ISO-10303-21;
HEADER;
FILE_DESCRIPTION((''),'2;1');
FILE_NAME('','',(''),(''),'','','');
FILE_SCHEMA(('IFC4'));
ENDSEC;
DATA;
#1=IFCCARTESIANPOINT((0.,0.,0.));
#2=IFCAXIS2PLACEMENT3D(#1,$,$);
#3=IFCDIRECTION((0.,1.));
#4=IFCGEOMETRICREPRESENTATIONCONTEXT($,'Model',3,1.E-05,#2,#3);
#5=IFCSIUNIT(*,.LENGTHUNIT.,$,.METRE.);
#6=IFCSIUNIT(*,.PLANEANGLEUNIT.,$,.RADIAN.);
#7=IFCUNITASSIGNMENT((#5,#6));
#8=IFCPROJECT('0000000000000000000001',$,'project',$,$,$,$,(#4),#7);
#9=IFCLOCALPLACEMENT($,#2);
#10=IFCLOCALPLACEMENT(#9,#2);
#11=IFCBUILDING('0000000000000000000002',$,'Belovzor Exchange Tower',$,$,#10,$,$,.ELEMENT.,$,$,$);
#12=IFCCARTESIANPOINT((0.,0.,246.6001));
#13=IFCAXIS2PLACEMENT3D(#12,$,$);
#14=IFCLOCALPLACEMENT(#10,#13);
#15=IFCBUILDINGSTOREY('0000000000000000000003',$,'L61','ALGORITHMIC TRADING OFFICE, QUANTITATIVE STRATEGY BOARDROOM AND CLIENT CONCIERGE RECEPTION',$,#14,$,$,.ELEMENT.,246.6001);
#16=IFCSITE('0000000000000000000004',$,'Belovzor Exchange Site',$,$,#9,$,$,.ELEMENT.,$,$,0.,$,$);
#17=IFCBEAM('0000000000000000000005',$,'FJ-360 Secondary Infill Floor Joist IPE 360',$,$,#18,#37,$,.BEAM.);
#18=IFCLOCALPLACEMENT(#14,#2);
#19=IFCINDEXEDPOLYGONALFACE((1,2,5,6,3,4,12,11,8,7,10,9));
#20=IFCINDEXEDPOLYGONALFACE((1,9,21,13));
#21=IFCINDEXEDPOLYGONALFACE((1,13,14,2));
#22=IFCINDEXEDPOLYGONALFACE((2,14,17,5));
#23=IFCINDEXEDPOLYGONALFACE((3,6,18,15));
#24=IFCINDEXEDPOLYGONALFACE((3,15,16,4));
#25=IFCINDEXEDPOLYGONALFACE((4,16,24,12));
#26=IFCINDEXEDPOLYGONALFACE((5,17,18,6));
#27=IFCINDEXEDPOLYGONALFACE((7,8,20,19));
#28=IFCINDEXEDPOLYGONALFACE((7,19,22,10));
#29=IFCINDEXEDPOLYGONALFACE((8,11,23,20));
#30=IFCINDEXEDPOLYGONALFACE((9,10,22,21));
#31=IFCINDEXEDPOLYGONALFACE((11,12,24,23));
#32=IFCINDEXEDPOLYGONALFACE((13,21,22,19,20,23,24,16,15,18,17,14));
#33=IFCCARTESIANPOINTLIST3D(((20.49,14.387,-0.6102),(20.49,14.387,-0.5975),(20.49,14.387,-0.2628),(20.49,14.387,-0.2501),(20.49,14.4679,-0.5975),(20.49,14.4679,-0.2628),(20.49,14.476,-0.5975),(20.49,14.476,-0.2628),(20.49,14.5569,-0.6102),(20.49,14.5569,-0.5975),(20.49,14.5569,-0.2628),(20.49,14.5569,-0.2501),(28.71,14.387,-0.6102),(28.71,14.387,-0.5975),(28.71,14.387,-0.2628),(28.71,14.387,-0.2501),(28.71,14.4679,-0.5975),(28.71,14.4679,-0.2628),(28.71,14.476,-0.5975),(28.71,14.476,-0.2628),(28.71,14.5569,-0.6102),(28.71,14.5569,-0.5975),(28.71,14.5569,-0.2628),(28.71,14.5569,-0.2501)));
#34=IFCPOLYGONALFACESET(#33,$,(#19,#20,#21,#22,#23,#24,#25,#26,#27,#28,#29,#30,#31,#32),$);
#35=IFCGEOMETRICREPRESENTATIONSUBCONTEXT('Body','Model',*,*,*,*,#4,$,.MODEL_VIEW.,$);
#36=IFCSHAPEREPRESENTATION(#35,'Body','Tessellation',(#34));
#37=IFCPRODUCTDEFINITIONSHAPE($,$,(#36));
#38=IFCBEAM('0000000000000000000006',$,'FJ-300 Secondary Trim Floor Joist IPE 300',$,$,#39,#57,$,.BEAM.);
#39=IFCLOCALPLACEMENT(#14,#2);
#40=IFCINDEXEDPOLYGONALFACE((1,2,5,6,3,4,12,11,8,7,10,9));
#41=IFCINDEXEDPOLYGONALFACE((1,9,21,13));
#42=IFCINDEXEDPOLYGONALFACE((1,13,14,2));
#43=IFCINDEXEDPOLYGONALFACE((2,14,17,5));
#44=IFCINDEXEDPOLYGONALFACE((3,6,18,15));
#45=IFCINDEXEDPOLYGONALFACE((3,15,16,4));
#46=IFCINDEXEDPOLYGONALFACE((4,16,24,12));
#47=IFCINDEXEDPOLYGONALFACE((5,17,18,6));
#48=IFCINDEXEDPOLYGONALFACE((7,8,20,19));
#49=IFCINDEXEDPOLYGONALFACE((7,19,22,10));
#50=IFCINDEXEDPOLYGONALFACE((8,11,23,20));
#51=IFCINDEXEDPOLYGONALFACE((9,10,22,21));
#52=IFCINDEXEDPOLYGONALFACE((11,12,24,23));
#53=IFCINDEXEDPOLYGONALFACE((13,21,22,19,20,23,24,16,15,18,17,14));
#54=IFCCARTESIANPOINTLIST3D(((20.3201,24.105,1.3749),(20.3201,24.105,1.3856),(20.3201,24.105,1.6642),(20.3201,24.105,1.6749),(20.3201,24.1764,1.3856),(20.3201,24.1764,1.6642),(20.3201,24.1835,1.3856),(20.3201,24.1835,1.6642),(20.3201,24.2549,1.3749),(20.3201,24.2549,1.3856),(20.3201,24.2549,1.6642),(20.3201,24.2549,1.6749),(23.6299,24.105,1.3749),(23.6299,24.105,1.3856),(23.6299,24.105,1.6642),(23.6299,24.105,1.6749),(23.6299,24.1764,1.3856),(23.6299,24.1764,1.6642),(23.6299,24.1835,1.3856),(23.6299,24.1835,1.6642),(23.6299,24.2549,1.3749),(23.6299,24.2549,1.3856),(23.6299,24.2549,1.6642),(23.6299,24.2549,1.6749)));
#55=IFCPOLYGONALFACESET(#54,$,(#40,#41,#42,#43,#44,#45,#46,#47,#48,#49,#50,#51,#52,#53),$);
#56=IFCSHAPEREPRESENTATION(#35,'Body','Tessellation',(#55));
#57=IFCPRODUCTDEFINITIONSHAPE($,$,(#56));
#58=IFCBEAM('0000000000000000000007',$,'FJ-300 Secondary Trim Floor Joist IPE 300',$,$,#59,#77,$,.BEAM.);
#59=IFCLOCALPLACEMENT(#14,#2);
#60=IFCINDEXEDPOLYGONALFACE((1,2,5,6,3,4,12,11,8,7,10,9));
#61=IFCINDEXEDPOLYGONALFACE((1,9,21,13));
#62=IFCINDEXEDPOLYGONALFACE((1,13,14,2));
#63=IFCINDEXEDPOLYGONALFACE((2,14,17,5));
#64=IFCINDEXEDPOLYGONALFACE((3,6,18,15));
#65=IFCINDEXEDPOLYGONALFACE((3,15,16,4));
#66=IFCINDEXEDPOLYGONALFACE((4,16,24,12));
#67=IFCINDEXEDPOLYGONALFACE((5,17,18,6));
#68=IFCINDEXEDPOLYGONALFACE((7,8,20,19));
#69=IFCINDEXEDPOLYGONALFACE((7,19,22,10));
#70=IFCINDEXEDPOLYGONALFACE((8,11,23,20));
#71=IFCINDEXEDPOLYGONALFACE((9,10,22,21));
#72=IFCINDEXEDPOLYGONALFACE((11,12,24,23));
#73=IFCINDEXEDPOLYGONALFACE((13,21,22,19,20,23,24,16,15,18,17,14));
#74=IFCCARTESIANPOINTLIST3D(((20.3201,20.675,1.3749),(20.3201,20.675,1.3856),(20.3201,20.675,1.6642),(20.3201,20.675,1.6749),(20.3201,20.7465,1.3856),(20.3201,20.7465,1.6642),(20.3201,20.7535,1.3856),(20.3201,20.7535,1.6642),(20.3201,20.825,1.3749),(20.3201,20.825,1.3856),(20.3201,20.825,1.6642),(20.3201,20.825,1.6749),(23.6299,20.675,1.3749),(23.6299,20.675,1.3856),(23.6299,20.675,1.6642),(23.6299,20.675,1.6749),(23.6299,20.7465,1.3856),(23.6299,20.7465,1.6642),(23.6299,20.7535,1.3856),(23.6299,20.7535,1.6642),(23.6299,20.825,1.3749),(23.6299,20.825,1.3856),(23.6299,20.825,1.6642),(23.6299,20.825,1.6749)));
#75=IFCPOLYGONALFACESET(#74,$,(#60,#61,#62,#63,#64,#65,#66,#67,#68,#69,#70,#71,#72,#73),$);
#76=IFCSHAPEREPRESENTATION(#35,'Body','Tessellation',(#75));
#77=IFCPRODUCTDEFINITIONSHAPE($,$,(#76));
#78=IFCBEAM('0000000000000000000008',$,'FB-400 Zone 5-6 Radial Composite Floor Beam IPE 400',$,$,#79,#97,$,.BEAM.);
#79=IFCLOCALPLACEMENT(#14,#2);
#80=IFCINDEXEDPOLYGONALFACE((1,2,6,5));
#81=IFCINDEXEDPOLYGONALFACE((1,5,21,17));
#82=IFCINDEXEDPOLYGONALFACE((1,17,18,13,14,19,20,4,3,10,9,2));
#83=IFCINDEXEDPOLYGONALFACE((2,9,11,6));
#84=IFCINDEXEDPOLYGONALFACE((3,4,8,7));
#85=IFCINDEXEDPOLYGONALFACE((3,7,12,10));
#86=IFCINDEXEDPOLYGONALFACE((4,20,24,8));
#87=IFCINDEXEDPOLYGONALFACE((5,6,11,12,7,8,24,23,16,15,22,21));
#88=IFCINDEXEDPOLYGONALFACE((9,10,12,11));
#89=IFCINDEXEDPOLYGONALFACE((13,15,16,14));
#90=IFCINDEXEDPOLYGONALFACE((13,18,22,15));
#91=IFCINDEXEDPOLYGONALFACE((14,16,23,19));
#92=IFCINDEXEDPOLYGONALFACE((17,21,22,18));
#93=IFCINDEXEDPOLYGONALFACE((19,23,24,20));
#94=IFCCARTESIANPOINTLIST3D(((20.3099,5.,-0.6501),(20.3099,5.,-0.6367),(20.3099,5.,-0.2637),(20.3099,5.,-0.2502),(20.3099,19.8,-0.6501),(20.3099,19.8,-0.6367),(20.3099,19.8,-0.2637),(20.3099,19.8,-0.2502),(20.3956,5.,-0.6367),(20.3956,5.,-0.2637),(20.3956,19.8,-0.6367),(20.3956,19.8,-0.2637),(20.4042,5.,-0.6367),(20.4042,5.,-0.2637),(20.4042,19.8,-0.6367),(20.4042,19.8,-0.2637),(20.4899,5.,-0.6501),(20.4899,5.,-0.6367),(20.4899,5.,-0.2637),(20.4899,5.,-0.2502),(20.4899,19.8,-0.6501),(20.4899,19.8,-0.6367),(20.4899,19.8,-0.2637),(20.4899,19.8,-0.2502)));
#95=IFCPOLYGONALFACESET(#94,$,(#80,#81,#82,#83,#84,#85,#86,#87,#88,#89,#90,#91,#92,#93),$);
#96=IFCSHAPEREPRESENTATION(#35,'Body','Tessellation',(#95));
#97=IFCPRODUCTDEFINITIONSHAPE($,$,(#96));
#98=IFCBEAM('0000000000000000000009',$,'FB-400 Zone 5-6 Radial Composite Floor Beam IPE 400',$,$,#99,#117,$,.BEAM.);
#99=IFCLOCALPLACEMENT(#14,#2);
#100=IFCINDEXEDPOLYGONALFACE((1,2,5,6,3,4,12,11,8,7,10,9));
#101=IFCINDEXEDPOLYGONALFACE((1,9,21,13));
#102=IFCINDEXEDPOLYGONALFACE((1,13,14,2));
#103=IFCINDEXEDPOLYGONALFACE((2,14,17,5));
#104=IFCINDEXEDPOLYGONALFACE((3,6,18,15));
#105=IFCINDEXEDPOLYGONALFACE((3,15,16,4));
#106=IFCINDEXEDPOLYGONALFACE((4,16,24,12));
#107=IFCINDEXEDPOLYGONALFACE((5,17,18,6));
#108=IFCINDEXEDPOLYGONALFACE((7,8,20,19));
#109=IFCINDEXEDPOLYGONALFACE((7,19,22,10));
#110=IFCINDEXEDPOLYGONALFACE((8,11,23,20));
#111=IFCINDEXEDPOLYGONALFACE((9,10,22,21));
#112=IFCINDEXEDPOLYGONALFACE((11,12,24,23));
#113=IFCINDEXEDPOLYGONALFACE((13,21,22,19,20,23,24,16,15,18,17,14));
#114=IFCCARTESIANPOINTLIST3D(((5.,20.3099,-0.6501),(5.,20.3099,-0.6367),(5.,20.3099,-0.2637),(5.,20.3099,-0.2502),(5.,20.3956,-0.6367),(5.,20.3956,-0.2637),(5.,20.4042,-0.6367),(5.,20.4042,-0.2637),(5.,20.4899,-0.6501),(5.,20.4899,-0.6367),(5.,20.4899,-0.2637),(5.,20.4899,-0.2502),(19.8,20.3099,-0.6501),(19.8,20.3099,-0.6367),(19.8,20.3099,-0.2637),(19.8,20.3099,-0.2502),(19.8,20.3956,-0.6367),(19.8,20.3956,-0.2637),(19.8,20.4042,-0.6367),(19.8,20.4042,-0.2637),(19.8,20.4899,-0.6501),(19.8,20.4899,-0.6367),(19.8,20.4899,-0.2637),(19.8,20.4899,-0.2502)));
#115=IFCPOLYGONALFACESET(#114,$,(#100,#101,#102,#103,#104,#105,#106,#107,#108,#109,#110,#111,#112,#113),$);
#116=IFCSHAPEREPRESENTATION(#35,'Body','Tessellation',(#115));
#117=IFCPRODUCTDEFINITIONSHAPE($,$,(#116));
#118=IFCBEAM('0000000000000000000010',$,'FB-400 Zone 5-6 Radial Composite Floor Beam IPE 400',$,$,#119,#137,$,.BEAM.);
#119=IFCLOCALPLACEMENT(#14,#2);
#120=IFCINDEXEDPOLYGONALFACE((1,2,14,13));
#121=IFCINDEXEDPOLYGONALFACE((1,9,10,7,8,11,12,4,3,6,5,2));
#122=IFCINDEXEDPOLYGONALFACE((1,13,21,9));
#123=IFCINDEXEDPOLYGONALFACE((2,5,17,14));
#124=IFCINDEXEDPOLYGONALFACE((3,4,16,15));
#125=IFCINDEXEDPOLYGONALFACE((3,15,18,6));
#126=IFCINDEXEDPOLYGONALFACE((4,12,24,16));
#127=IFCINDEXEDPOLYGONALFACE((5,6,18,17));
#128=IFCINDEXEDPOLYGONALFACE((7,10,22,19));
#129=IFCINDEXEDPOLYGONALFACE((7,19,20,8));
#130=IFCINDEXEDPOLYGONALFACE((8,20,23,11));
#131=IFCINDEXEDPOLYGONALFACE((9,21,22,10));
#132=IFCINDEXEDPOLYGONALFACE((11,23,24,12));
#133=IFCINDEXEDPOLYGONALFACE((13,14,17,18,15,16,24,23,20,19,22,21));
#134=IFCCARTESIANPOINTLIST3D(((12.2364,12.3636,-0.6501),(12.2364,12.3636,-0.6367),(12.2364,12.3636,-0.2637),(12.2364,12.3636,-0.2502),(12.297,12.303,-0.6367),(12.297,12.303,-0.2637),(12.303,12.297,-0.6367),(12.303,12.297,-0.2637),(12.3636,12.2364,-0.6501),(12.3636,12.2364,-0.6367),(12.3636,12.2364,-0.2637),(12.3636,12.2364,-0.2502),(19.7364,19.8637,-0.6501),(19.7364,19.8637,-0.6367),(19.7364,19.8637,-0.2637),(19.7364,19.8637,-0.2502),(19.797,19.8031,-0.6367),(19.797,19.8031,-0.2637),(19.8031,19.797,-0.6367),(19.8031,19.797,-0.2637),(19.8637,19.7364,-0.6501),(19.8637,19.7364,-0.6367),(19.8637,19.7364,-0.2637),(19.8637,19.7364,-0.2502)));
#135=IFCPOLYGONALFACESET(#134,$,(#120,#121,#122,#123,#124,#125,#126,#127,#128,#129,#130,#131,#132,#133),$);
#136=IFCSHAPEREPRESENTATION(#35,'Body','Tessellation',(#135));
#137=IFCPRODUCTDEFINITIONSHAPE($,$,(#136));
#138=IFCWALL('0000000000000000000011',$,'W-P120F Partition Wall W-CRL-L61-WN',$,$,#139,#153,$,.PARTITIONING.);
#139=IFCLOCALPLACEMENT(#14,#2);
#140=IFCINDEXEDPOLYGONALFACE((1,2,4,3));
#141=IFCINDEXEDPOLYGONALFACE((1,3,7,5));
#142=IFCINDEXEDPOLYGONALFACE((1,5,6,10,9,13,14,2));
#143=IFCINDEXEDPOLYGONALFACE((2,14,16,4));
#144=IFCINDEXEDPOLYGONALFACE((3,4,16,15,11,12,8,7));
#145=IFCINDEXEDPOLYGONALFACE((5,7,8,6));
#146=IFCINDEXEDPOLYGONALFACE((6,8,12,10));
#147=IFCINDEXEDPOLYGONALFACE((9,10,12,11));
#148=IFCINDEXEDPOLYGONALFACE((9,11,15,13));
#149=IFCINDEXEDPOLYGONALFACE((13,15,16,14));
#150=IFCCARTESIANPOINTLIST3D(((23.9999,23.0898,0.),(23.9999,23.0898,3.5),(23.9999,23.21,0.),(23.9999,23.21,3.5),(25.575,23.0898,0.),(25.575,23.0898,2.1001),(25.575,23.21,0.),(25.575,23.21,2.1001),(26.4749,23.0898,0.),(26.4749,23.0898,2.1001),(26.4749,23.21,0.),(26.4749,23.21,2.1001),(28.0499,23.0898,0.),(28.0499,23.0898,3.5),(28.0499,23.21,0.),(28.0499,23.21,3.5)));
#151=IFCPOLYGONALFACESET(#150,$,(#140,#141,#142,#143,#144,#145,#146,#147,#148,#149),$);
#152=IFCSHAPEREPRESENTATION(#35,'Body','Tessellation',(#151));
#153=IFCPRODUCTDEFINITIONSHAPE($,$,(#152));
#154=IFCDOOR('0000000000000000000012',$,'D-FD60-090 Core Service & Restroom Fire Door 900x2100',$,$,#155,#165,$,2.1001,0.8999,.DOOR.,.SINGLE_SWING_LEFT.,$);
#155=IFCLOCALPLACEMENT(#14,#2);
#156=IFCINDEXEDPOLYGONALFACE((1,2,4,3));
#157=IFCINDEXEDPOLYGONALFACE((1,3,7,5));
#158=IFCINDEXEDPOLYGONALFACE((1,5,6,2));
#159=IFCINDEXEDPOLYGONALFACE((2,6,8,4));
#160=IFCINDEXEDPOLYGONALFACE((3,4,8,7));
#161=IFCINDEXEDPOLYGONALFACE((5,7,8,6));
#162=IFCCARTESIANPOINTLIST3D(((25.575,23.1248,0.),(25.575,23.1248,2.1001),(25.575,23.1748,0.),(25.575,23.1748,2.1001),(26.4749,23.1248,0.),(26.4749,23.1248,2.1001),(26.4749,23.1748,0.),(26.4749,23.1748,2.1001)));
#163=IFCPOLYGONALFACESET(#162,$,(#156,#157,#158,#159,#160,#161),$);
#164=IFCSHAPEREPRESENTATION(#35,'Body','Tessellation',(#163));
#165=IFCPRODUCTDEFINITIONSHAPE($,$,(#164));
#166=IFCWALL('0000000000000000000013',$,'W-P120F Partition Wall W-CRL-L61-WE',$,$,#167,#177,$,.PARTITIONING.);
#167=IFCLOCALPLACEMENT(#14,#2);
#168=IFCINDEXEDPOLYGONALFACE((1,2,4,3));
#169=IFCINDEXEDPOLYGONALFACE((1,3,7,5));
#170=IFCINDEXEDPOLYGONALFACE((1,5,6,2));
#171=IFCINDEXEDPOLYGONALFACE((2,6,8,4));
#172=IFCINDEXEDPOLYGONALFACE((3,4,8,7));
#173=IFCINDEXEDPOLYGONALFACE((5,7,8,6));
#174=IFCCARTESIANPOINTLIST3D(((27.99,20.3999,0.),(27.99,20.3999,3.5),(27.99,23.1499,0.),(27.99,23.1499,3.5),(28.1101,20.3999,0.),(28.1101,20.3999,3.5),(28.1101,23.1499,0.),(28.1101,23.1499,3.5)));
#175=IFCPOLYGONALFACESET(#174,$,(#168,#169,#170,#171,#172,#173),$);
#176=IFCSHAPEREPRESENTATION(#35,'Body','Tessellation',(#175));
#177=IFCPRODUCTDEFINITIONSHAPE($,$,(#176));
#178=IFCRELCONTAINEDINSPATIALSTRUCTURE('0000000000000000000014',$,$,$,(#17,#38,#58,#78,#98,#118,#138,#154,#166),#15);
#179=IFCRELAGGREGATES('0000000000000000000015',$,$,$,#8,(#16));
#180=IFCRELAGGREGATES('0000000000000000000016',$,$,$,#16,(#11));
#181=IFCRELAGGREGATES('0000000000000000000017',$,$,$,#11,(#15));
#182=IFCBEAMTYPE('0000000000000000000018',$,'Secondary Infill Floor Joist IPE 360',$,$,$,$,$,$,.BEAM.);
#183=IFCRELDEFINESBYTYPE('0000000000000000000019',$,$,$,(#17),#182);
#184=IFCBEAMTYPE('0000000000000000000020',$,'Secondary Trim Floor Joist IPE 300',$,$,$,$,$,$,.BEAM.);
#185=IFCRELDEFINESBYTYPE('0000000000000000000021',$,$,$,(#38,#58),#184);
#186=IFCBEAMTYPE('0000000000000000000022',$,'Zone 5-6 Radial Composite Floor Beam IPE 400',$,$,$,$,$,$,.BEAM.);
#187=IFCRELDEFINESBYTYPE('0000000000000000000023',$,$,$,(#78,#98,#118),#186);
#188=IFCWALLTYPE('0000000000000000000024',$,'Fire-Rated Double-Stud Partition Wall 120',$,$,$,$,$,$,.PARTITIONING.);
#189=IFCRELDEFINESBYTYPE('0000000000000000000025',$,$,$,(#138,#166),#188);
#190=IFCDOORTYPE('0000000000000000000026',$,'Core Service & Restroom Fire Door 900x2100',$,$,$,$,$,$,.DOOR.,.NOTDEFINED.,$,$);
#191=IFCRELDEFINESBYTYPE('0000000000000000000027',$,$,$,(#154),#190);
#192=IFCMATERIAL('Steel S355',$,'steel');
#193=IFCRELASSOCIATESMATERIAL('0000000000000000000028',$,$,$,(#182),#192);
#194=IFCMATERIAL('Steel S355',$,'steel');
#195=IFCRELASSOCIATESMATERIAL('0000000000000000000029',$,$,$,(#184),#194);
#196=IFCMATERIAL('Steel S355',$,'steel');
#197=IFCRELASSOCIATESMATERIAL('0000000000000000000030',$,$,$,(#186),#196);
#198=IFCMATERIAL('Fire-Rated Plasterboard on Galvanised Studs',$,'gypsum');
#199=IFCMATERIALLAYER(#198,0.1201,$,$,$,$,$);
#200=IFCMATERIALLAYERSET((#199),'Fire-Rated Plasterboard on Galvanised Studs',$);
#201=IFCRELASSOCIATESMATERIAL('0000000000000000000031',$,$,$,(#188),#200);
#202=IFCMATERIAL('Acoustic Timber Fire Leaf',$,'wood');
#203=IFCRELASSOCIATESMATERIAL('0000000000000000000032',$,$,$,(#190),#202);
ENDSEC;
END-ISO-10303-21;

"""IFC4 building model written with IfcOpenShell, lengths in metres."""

from ifc_helpers import new_model, si_unit, direction, frame, frame_2d, origin, origin_2d, place, context, subcontext, project, spatial, rectangle, i_section, extrude, material, layer, layer_set, material_profile, profile_set, type_object, element, fill, save


model = new_model("IFC4")

# Units and contexts
model_context = context("Model", 3, precision=1e-05, world=origin(), true_north=direction((0.0, 1.0)))
body_context = subcontext(model_context, "Body", "Model", "MODEL_VIEW")
ifc_project = project(units=[si_unit("LENGTHUNIT", "METRE"), si_unit("PLANEANGLEUNIT", "RADIAN")], contexts=[model_context])

# Site, building, storey
site_placement = place(None, origin())
site = spatial("IfcSite", under=ifc_project, at=site_placement, Name="Belovzor Exchange Site", CompositionType="ELEMENT", RefElevation=0.0)
building_placement = place(site_placement, origin())
building = spatial("IfcBuilding", under=site, at=building_placement, Name="Belovzor Exchange Tower", CompositionType="ELEMENT")
storey_placement = place(building_placement, frame((0.0, 0.0, 246.6001)))
storey = spatial("IfcBuildingStorey", under=building, at=storey_placement, Name="L61", Description="ALGORITHMIC TRADING OFFICE, QUANTITATIVE STRATEGY BOARDROOM AND CLIENT CONCIERGE RECEPTION", CompositionType="ELEMENT", Elevation=246.6001)

# Beams
ifc_material_1 = material(Name="Steel S355", Category="steel")
ifc_material_profile_1 = material_profile(ifc_material_1, i_section(OverallWidth=0.1699, OverallDepth=0.3601, WebThickness=0.0081, FlangeThickness=0.0127, at=origin_2d()))
ifc_profile_set_1 = profile_set([ifc_material_profile_1], Name="Steel S355")
beam_type_1 = type_object("IfcBeamType", Name="Secondary Infill Floor Joist IPE 360", PredefinedType="BEAM", material=ifc_profile_set_1)
beam_1_placement = place(storey_placement, frame((20.49, 14.4719, -0.4302), z_axis=(1.0, 0.0, 0.0), x_axis=(0.0, 1.0, 0.0)))
element("IfcBeam", 1, at=beam_1_placement, inside=storey, type_object=beam_type_1, Name="FJ-360 Secondary Infill Floor Joist IPE 360", PredefinedType="BEAM", context=body_context, shape_type="SweptSolid", body=[
    extrude(i_section(OverallWidth=0.1699, OverallDepth=0.3601, WebThickness=0.0081, FlangeThickness=0.0127, at=origin_2d()), origin(), (0.0, 0.0, 1.0), 8.22),
])
ifc_material_2 = material(Name="Steel S355", Category="steel")
ifc_material_profile_2 = material_profile(ifc_material_2, i_section(OverallWidth=0.1499, OverallDepth=0.3, WebThickness=0.0071, FlangeThickness=0.0107, at=origin_2d()))
ifc_profile_set_2 = profile_set([ifc_material_profile_2], Name="Steel S355")
beam_type_2 = type_object("IfcBeamType", Name="Secondary Trim Floor Joist IPE 300", PredefinedType="BEAM", material=ifc_profile_set_2)
for number, where, z_axis, x_axis, name in (
    (2, (20.3201, 24.1799, 1.5249), (1.0, 0.0, 0.0), (0.0, 1.0, 0.0), "FJ-300 Secondary Trim Floor Joist IPE 300"),
    (3, (20.3201, 20.75, 1.5249), (1.0, 0.0, 0.0), (0.0, 1.0, 0.0), "FJ-300 Secondary Trim Floor Joist IPE 300"),
):
    element("IfcBeam", number, at=place(storey_placement, frame(where, z_axis=z_axis, x_axis=x_axis)), inside=storey, type_object=beam_type_2, Name=name, PredefinedType="BEAM", context=body_context, shape_type="SweptSolid", body=[
        extrude(i_section(OverallWidth=0.1499, OverallDepth=0.3, WebThickness=0.0071, FlangeThickness=0.0107, at=origin_2d()), origin(), (0.0, 0.0, 1.0), 3.3098),
    ])
ifc_material_3 = material(Name="Steel S355", Category="steel")
ifc_material_profile_3 = material_profile(ifc_material_3, i_section(OverallWidth=0.1799, OverallDepth=0.3999, WebThickness=0.0085, FlangeThickness=0.0134, at=origin_2d()))
ifc_profile_set_3 = profile_set([ifc_material_profile_3], Name="Steel S355")
beam_type_3 = type_object("IfcBeamType", Name="Zone 5-6 Radial Composite Floor Beam IPE 400", PredefinedType="BEAM", material=ifc_profile_set_3)
for number, where, z_axis, x_axis, name in (
    (4, (20.3999, 19.8, -0.4502), (0.0, -1.0, 0.0), (1.0, 0.0, 0.0), "FB-400 Zone 5-6 Radial Composite Floor Beam IPE 400"),
    (5, (19.8, 20.3999, -0.4502), (-1.0, 0.0, 0.0), (0.0, -1.0, 0.0), "FB-400 Zone 5-6 Radial Composite Floor Beam IPE 400"),
):
    element("IfcBeam", number, at=place(storey_placement, frame(where, z_axis=z_axis, x_axis=x_axis)), inside=storey, type_object=beam_type_3, Name=name, PredefinedType="BEAM", context=body_context, shape_type="SweptSolid", body=[
        extrude(i_section(OverallWidth=0.1799, OverallDepth=0.3999, WebThickness=0.0085, FlangeThickness=0.0134, at=origin_2d()), origin(), (0.0, 0.0, 1.0), 14.8),
    ])
beam_2_placement = place(storey_placement, frame((19.8, 19.8, -0.4502), z_axis=(-0.707107, -0.707107, 0.0), x_axis=(0.707107, -0.707107, 0.0)))
element("IfcBeam", 6, at=beam_2_placement, inside=storey, type_object=beam_type_3, Name="FB-400 Zone 5-6 Radial Composite Floor Beam IPE 400", PredefinedType="BEAM", context=body_context, shape_type="SweptSolid", body=[
    extrude(i_section(OverallWidth=0.1799, OverallDepth=0.3999, WebThickness=0.0085, FlangeThickness=0.0134, at=origin_2d()), origin(), (0.0, 0.0, 1.0), 10.6067),
])

# Wall, opening, door
ifc_material_4 = material(Name="Fire-Rated Plasterboard on Galvanised Studs", Category="gypsum")
ifc_layer_1 = layer(ifc_material_4, 0.1201)
ifc_layer_set_1 = layer_set([ifc_layer_1], Name="Fire-Rated Plasterboard on Galvanised Studs")
wall_type_1 = type_object("IfcWallType", Name="Fire-Rated Double-Stud Partition Wall 120", PredefinedType="PARTITIONING", material=ifc_layer_set_1)
wall_1_placement = place(storey_placement, frame((24.0, 23.1499, 0.0), z_axis=(0.0, 0.0, 1.0), x_axis=(1.0, 0.0, 0.0)))
wall_1 = element("IfcWall", 7, at=wall_1_placement, inside=storey, type_object=wall_type_1, Name="W-P120F Partition Wall W-CRL-L61-WN", PredefinedType="PARTITIONING", context=body_context, shape_type="SweptSolid", body=[
    extrude(rectangle(XDim=4.05, YDim=0.1201, at=frame_2d((2.0249, 0.0))), origin(), (0.0, 0.0, 1.0), 3.5),
])
opening_1_placement = place(wall_1_placement, frame((1.575, 0.0, 0.0)))
opening_1 = element("IfcOpeningElement", 8, at=opening_1_placement, cuts=wall_1, PredefinedType="OPENING", context=body_context, shape_type="SweptSolid", body=[
    extrude(rectangle(XDim=0.8999, YDim=2.1001, at=frame_2d((0.45, 1.05))), frame((0.0, 0.0701, 0.0), z_axis=(0.0, -1.0, 0.0), x_axis=(1.0, 0.0, 0.0)), (0.0, 0.0, 1.0), 0.1401),
])
ifc_material_5 = material(Name="Acoustic Timber Fire Leaf", Category="wood")
door_type_1 = type_object("IfcDoorType", Name="Core Service & Restroom Fire Door 900x2100", OperationType="NOTDEFINED", PredefinedType="DOOR", material=ifc_material_5)
door_1_placement = place(opening_1_placement, origin())
door_1 = element("IfcDoor", 9, at=door_1_placement, inside=storey, type_object=door_type_1, Name="D-FD60-090 Core Service & Restroom Fire Door 900x2100", OperationType="SINGLE_SWING_LEFT", OverallHeight=2.1001, OverallWidth=0.8999, PredefinedType="DOOR", context=body_context, shape_type="SweptSolid", body=[
    extrude(rectangle(XDim=0.8999, YDim=2.1001, at=frame_2d((0.45, 1.05))), frame((0.0, 0.0249, 0.0), z_axis=(0.0, -1.0, 0.0), x_axis=(1.0, 0.0, 0.0)), (0.0, 0.0, 1.0), 0.05),
])
fill(opening_1, door_1)

# Wall
wall_2_placement = place(storey_placement, frame((28.05, 20.3999, 0.0), z_axis=(0.0, 0.0, 1.0), x_axis=(0.0, 1.0, 0.0)))
element("IfcWall", 10, at=wall_2_placement, inside=storey, type_object=wall_type_1, Name="W-P120F Partition Wall W-CRL-L61-WE", PredefinedType="PARTITIONING", context=body_context, shape_type="SweptSolid", body=[
    extrude(rectangle(XDim=2.75, YDim=0.1201, at=frame_2d((1.375, 0.0))), origin(), (0.0, 0.0, 1.0), 3.5),
])

save(model, "model.ifc")
